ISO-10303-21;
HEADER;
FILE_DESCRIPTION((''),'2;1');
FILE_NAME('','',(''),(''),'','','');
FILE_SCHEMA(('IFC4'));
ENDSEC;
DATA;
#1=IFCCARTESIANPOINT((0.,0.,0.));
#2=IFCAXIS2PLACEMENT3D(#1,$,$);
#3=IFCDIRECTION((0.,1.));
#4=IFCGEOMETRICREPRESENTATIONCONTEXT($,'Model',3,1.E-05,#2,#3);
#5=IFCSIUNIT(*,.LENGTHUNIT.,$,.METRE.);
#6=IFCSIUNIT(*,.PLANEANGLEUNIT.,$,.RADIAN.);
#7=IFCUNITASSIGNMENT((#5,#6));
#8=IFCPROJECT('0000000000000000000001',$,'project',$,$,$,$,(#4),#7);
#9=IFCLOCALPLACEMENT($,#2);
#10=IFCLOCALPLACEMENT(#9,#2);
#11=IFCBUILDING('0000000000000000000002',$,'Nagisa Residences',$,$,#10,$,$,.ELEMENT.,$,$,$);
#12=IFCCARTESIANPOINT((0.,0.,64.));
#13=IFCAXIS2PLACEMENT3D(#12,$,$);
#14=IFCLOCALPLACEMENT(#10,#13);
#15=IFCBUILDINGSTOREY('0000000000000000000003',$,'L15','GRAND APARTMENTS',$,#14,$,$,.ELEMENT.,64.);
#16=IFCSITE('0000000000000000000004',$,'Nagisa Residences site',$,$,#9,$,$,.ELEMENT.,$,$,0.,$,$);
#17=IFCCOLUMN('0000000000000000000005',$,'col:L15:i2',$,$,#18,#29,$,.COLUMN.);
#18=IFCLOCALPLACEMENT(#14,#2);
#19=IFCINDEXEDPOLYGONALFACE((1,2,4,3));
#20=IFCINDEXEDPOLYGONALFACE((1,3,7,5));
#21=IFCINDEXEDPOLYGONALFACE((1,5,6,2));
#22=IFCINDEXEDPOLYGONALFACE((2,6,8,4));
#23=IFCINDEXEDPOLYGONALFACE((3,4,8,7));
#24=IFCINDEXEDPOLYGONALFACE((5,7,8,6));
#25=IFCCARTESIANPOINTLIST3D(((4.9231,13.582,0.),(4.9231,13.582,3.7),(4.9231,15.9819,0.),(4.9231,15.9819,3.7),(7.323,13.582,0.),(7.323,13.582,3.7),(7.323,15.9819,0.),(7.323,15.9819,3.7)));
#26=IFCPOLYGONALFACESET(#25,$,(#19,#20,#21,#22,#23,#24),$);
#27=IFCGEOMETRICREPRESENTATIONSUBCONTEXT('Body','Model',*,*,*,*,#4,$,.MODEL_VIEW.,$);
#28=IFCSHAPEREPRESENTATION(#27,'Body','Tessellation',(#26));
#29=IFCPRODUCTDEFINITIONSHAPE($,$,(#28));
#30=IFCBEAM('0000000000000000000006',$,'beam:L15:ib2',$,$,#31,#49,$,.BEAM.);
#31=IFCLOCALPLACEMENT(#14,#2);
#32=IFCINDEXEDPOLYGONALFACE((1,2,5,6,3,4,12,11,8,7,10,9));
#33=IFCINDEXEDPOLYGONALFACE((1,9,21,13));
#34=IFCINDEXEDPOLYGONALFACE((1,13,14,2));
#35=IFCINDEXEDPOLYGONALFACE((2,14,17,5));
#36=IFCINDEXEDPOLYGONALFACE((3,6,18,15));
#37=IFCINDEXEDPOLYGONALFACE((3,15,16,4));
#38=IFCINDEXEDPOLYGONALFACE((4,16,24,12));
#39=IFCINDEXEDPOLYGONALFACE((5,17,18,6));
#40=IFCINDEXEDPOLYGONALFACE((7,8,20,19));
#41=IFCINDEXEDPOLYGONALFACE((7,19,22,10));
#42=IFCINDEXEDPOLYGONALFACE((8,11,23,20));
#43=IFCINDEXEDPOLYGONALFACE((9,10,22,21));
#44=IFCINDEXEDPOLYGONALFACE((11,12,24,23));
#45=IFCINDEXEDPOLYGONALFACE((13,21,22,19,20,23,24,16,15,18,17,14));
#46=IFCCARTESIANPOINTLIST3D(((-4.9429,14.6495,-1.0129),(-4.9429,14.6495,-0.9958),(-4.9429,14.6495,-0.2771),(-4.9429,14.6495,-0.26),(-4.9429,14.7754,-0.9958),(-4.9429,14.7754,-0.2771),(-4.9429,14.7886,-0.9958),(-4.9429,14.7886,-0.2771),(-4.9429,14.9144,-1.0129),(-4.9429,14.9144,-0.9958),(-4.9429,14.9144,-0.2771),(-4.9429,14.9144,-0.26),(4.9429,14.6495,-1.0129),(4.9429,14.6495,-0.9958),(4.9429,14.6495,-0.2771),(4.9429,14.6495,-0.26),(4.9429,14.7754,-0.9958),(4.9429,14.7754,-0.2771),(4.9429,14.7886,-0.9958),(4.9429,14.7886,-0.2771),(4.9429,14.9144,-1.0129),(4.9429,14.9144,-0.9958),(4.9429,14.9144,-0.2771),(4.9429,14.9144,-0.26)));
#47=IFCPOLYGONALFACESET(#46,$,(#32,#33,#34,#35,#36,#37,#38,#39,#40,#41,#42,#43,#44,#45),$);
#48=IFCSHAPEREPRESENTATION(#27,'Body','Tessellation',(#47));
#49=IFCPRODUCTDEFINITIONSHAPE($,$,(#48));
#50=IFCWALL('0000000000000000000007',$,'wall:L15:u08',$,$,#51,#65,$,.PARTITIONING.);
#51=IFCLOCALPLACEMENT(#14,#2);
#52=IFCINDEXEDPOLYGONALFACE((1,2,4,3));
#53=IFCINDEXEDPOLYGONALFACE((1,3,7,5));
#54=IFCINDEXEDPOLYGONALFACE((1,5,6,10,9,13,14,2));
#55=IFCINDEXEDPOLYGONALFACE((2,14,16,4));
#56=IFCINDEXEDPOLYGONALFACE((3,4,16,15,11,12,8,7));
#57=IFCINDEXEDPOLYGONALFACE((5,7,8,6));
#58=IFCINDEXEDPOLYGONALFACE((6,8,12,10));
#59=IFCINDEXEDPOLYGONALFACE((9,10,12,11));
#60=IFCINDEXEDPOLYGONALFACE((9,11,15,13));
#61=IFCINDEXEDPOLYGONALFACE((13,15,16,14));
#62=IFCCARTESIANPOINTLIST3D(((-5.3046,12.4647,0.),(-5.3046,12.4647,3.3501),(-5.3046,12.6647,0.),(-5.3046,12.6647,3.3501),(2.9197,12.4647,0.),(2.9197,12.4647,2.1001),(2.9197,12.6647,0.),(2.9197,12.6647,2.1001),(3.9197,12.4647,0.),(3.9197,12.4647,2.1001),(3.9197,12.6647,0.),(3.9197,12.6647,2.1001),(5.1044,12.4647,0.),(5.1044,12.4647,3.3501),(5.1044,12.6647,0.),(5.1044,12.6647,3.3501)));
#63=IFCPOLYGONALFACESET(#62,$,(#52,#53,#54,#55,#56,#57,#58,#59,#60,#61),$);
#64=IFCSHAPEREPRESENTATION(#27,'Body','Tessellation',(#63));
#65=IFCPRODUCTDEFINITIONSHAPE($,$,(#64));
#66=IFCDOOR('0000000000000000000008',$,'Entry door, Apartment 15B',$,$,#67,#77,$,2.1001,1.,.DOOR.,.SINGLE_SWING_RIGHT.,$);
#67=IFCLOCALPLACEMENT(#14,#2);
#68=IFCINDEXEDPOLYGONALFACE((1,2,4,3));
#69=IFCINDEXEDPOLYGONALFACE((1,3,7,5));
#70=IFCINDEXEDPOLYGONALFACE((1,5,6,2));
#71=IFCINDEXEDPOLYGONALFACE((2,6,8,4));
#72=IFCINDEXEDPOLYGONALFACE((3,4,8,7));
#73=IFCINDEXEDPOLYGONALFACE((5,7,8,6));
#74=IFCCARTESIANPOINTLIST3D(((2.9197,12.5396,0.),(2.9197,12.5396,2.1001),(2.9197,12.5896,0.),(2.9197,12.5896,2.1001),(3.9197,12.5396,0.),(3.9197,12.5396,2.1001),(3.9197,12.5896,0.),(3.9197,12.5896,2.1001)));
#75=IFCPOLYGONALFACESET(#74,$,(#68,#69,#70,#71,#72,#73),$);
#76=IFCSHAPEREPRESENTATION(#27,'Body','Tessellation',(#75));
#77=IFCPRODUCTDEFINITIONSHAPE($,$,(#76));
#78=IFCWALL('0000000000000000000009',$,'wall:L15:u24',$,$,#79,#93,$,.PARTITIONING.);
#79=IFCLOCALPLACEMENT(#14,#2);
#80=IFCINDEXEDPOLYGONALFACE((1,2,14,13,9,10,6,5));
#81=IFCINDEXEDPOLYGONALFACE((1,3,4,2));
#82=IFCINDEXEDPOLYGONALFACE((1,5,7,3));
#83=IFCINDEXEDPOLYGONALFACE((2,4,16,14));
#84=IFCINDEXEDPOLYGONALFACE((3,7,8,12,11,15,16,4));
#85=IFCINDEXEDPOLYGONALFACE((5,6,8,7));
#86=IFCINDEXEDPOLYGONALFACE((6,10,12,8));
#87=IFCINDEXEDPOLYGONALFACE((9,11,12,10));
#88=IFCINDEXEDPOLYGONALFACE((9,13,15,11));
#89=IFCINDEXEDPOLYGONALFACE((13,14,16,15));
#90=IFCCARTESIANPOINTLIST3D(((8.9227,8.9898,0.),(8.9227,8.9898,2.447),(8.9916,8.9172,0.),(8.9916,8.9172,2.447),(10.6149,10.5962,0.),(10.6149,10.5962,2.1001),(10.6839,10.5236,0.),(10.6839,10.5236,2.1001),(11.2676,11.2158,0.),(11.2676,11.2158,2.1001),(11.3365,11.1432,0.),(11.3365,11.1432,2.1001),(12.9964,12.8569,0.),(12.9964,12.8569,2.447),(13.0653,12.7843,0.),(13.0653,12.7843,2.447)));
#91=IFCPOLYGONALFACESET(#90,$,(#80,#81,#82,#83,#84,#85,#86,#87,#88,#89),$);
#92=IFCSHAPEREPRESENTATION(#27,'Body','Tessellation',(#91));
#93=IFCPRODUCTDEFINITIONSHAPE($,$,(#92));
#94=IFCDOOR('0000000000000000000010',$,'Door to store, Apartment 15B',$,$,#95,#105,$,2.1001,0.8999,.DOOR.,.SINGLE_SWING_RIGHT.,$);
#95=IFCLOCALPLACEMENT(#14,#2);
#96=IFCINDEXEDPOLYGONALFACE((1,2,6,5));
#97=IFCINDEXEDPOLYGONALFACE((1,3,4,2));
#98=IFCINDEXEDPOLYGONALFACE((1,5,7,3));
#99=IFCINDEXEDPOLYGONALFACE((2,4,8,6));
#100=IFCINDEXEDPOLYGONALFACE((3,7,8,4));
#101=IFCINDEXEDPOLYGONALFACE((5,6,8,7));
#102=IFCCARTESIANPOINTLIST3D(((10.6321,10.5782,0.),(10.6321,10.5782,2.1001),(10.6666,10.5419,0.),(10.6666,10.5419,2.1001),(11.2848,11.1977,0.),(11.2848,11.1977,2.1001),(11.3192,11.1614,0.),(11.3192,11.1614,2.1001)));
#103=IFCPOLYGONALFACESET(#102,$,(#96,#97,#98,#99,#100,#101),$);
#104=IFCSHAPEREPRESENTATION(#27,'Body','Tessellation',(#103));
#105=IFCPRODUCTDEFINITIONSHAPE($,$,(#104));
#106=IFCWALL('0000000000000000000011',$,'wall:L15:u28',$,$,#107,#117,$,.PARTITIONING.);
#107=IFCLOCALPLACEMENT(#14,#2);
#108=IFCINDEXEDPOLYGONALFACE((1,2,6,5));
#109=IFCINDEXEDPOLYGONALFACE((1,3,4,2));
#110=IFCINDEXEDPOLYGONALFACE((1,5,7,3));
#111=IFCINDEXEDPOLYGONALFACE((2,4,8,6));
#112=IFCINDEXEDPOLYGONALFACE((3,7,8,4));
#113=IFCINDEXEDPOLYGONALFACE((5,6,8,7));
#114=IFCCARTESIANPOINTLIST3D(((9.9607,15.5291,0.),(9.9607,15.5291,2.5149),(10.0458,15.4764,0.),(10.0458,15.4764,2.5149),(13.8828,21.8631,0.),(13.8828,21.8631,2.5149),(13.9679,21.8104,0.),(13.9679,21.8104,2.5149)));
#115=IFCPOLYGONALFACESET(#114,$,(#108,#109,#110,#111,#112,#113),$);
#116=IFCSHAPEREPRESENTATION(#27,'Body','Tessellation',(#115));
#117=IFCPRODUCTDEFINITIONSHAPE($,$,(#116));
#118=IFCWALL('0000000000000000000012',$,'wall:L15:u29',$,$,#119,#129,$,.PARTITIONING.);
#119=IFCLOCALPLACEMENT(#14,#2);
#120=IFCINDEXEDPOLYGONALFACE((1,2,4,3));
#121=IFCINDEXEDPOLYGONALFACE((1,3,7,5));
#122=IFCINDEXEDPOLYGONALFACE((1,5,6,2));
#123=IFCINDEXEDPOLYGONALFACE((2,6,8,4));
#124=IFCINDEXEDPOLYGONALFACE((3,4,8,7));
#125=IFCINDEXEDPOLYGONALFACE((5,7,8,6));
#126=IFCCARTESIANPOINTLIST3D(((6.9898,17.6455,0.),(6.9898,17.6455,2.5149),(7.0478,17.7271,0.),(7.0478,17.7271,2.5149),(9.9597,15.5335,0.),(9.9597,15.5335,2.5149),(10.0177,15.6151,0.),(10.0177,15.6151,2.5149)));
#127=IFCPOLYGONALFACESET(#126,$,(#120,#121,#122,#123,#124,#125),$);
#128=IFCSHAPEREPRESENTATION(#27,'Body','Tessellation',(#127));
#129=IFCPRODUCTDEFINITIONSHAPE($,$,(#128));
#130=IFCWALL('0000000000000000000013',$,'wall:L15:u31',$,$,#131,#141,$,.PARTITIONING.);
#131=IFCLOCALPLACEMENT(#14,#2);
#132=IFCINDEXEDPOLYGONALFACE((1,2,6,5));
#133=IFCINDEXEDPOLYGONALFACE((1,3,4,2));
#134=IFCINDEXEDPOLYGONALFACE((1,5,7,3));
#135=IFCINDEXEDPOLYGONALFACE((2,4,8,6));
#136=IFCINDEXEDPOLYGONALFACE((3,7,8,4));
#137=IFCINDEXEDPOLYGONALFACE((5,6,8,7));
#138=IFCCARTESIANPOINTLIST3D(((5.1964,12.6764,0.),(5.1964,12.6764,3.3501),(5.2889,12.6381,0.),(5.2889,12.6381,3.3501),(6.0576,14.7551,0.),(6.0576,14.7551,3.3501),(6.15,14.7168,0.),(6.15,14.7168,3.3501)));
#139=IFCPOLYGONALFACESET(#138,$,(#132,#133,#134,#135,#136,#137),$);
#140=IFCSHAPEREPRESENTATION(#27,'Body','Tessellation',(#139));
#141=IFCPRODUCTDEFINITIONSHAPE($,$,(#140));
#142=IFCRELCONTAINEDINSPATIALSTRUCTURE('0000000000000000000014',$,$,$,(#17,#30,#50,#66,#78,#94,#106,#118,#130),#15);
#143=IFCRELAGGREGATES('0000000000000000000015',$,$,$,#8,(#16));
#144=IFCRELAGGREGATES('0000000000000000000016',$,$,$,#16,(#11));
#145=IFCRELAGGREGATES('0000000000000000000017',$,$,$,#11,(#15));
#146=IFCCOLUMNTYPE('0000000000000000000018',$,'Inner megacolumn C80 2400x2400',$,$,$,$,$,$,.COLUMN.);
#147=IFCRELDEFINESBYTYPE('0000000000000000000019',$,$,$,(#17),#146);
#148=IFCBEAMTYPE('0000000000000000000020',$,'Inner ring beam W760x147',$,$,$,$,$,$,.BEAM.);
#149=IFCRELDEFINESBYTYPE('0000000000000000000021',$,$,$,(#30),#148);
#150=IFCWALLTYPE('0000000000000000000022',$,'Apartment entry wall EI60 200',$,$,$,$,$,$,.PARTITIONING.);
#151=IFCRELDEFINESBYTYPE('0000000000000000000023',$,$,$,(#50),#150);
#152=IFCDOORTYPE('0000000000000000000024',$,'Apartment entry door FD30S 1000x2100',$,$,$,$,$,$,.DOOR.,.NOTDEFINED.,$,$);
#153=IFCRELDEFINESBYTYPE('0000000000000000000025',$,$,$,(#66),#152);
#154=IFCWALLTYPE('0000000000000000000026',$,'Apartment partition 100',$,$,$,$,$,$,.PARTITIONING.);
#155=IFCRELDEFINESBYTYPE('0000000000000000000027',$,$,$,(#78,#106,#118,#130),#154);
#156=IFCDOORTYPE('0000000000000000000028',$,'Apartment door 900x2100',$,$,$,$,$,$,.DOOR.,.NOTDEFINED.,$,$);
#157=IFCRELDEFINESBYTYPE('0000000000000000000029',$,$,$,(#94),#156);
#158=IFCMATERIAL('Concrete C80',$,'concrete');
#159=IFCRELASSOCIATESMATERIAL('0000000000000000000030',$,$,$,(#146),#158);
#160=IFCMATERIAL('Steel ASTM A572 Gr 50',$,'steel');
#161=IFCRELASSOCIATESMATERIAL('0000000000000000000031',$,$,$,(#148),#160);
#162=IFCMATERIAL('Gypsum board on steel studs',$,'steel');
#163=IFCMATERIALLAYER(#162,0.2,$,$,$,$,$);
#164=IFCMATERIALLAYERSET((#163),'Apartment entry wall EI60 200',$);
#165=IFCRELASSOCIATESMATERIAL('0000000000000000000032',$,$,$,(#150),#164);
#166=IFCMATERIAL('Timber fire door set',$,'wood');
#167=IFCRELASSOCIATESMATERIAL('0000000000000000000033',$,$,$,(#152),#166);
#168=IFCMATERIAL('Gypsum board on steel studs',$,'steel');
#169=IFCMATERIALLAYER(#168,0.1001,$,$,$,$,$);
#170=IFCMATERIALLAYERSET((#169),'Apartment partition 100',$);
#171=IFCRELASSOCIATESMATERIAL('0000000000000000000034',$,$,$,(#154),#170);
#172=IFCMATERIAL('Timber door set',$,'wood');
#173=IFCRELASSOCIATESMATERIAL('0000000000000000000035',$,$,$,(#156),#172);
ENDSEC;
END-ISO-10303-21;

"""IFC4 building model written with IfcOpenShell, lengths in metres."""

from ifc_helpers import new_model, si_unit, direction, frame, frame_2d, origin, origin_2d, place, context, subcontext, project, spatial, rectangle, i_section, extrude, material, layer, layer_set, material_profile, profile_set, type_object, element, fill, save


model = new_model("IFC4")

# Units and contexts
model_context = context("Model", 3, precision=1e-05, world=origin(), true_north=direction((0.0, 1.0)))
body_context = subcontext(model_context, "Body", "Model", "MODEL_VIEW")
ifc_project = project(units=[si_unit("LENGTHUNIT", "METRE"), si_unit("PLANEANGLEUNIT", "RADIAN")], contexts=[model_context])

# Site, building, storey
site_placement = place(None, origin())
site = spatial("IfcSite", under=ifc_project, at=site_placement, Name="Nagisa Residences site", CompositionType="ELEMENT", RefElevation=0.0)
building_placement = place(site_placement, origin())
building = spatial("IfcBuilding", under=site, at=building_placement, Name="Nagisa Residences", CompositionType="ELEMENT")
storey_placement = place(building_placement, frame((0.0, 0.0, 64.0)))
storey = spatial("IfcBuildingStorey", under=building, at=storey_placement, Name="L15", Description="GRAND APARTMENTS", CompositionType="ELEMENT", Elevation=64.0)

# Column
ifc_material_1 = material(Name="Concrete C80", Category="concrete")
ifc_material_profile_1 = material_profile(ifc_material_1, rectangle(XDim=2.3999, YDim=2.3999, at=origin_2d()), Name="C80 2400x2400")
ifc_profile_set_1 = profile_set([ifc_material_profile_1], Name="Concrete C80")
column_type = type_object("IfcColumnType", Name="Inner megacolumn C80 2400x2400", PredefinedType="COLUMN", material=ifc_profile_set_1)
column_placement = place(storey_placement, frame((6.123, 14.782, 0.0), z_axis=(0.0, 0.0, 1.0), x_axis=(1.0, 0.0, 0.0)))
element("IfcColumn", 1, at=column_placement, inside=storey, type_object=column_type, Name="col:L15:i2", PredefinedType="COLUMN", context=body_context, shape_type="SweptSolid", body=[
    extrude(rectangle(XDim=2.3999, YDim=2.3999, at=origin_2d()), origin(), (0.0, 0.0, 1.0), 3.7),
])

# Beam
ifc_material_2 = material(Name="Steel ASTM A572 Gr 50", Category="steel")
ifc_material_profile_2 = material_profile(ifc_material_2, i_section(OverallWidth=0.2649, OverallDepth=0.7529, WebThickness=0.0132, FlangeThickness=0.0171, at=origin_2d()), Name="W760x147")
ifc_profile_set_2 = profile_set([ifc_material_profile_2], Name="Steel ASTM A572 Gr 50")
beam_type = type_object("IfcBeamType", Name="Inner ring beam W760x147", PredefinedType="BEAM", material=ifc_profile_set_2)
beam_placement = place(storey_placement, frame((4.9429, 14.782, -0.6365), z_axis=(-1.0, 0.0, 0.0), x_axis=(0.0, -1.0, 0.0)))
element("IfcBeam", 2, at=beam_placement, inside=storey, type_object=beam_type, Name="beam:L15:ib2", PredefinedType="BEAM", context=body_context, shape_type="SweptSolid", body=[
    extrude(i_section(OverallWidth=0.2649, OverallDepth=0.7529, WebThickness=0.0132, FlangeThickness=0.0171, at=origin_2d()), origin(), (0.0, 0.0, 1.0), 9.8857),
])

# Walls, openings, doors
ifc_material_3 = material(Name="Gypsum board on steel studs", Category="steel")
ifc_layer_1 = layer(ifc_material_3, 0.2)
ifc_layer_set_1 = layer_set([ifc_layer_1], Name="Apartment entry wall EI60 200")
wall_type_1 = type_object("IfcWallType", Name="Apartment entry wall EI60 200", PredefinedType="PARTITIONING", material=ifc_layer_set_1)
wall_1_placement = place(storey_placement, frame((5.1045, 12.5647, 0.0), z_axis=(0.0, 0.0, 1.0), x_axis=(-1.0, 0.0, 0.0)))
wall_1 = element("IfcWall", 3, at=wall_1_placement, inside=storey, type_object=wall_type_1, Name="wall:L15:u08", PredefinedType="PARTITIONING", context=body_context, shape_type="SweptSolid", body=[
    extrude(rectangle(XDim=10.4089, YDim=0.2, at=frame_2d((5.2046, 0.0))), origin(), (0.0, 0.0, 1.0), 3.3501),
])
opening_1_placement = place(wall_1_placement, frame((1.1848, 0.0, 0.0)))
opening_1 = element("IfcOpeningElement", 4, at=opening_1_placement, cuts=wall_1, PredefinedType="OPENING", context=body_context, shape_type="SweptSolid", body=[
    extrude(rectangle(XDim=1.0, YDim=2.1001, at=frame_2d((0.5, 1.05))), frame((0.0, 0.1099, 0.0), z_axis=(0.0, -1.0, 0.0), x_axis=(1.0, 0.0, 0.0)), (0.0, 0.0, 1.0), 0.22),
])
ifc_material_4 = material(Name="Timber fire door set", Category="wood")
door_type_1 = type_object("IfcDoorType", Name="Apartment entry door FD30S 1000x2100", OperationType="NOTDEFINED", PredefinedType="DOOR", material=ifc_material_4)
door_1_placement = place(opening_1_placement, frame((1.0, 0.0, 0.0), x_axis=(-1.0, 0.0, 0.0)))
door_1 = element("IfcDoor", 5, at=door_1_placement, inside=storey, type_object=door_type_1, Name="Entry door, Apartment 15B", OperationType="SINGLE_SWING_RIGHT", OverallHeight=2.1001, OverallWidth=1.0, PredefinedType="DOOR", context=body_context, shape_type="SweptSolid", body=[
    extrude(rectangle(XDim=1.0, YDim=2.1001, at=frame_2d((0.5, 1.05))), frame((0.0, 0.0249, 0.0), z_axis=(0.0, -1.0, 0.0), x_axis=(1.0, 0.0, 0.0)), (0.0, 0.0, 1.0), 0.05),
])
fill(opening_1, door_1)
ifc_material_5 = material(Name="Gypsum board on steel studs", Category="steel")
ifc_layer_2 = layer(ifc_material_5, 0.1001)
ifc_layer_set_2 = layer_set([ifc_layer_2], Name="Apartment partition 100")
wall_type_2 = type_object("IfcWallType", Name="Apartment partition 100", PredefinedType="PARTITIONING", material=ifc_layer_set_2)
wall_2_placement = place(storey_placement, frame((8.957, 8.9534, 0.0), z_axis=(0.0, 0.0, 1.0), x_axis=(0.725253, 0.688482, 0.0)))
wall_2 = element("IfcWall", 6, at=wall_2_placement, inside=storey, type_object=wall_type_2, Name="wall:L15:u24", PredefinedType="PARTITIONING", context=body_context, shape_type="SweptSolid", body=[
    extrude(rectangle(XDim=5.6169, YDim=0.1001, at=frame_2d((2.8086, 0.0))), origin(), (0.0, 0.0, 1.0), 2.447),
])
opening_2_placement = place(wall_2_placement, frame((2.3335, 0.0, 0.0)))
opening_2 = element("IfcOpeningElement", 7, at=opening_2_placement, cuts=wall_2, PredefinedType="OPENING", context=body_context, shape_type="SweptSolid", body=[
    extrude(rectangle(XDim=0.8999, YDim=2.1001, at=frame_2d((0.45, 1.05))), frame((0.0, 0.0601, 0.0), z_axis=(0.0, -1.0, 0.0), x_axis=(1.0, 0.0, 0.0)), (0.0, 0.0, 1.0), 0.1201),
])
ifc_material_6 = material(Name="Timber door set", Category="wood")
door_type_2 = type_object("IfcDoorType", Name="Apartment door 900x2100", OperationType="NOTDEFINED", PredefinedType="DOOR", material=ifc_material_6)
door_2_placement = place(opening_2_placement, frame((0.8999, 0.0, 0.0), x_axis=(-1.0, 0.0, 0.0)))
door_2 = element("IfcDoor", 8, at=door_2_placement, inside=storey, type_object=door_type_2, Name="Door to store, Apartment 15B", OperationType="SINGLE_SWING_RIGHT", OverallHeight=2.1001, OverallWidth=0.8999, PredefinedType="DOOR", context=body_context, shape_type="SweptSolid", body=[
    extrude(rectangle(XDim=0.8999, YDim=2.1001, at=frame_2d((0.45, 1.05))), frame((0.0, 0.0249, 0.0), z_axis=(0.0, -1.0, 0.0), x_axis=(1.0, 0.0, 0.0)), (0.0, 0.0, 1.0), 0.05),
])
fill(opening_2, door_2)

# Walls
wall_3_placement = place(storey_placement, frame((10.0032, 15.5027, 0.0), z_axis=(0.0, 0.0, 1.0), x_axis=(0.52646, 0.8502, 0.0)))
element("IfcWall", 9, at=wall_3_placement, inside=storey, type_object=wall_type_2, Name="wall:L15:u28", PredefinedType="PARTITIONING", context=body_context, shape_type="SweptSolid", body=[
    extrude(rectangle(XDim=7.45, YDim=0.1001, at=frame_2d((3.7251, 0.0))), origin(), (0.0, 0.0, 1.0), 2.5149),
])
wall_4_placement = place(storey_placement, frame((9.9888, 15.5742, 0.0), z_axis=(0.0, 0.0, 1.0), x_axis=(-0.814945, 0.579539, 0.0)))
element("IfcWall", 10, at=wall_4_placement, inside=storey, type_object=wall_type_2, Name="wall:L15:u29", PredefinedType="PARTITIONING", context=body_context, shape_type="SweptSolid", body=[
    extrude(rectangle(XDim=3.6443, YDim=0.1001, at=frame_2d((1.8223, 0.0))), origin(), (0.0, 0.0, 1.0), 2.5149),
])
wall_5_placement = place(storey_placement, frame((5.2427, 12.6572, 0.0), z_axis=(0.0, 0.0, 1.0), x_axis=(0.382719, 0.923865, 0.0)))
element("IfcWall", 11, at=wall_5_placement, inside=storey, type_object=wall_type_2, Name="wall:L15:u31", PredefinedType="PARTITIONING", context=body_context, shape_type="SweptSolid", body=[
    extrude(rectangle(XDim=2.25, YDim=0.1001, at=frame_2d((1.125, 0.0))), origin(), (0.0, 0.0, 1.0), 3.3501),
])

save(model, "model.ifc")
